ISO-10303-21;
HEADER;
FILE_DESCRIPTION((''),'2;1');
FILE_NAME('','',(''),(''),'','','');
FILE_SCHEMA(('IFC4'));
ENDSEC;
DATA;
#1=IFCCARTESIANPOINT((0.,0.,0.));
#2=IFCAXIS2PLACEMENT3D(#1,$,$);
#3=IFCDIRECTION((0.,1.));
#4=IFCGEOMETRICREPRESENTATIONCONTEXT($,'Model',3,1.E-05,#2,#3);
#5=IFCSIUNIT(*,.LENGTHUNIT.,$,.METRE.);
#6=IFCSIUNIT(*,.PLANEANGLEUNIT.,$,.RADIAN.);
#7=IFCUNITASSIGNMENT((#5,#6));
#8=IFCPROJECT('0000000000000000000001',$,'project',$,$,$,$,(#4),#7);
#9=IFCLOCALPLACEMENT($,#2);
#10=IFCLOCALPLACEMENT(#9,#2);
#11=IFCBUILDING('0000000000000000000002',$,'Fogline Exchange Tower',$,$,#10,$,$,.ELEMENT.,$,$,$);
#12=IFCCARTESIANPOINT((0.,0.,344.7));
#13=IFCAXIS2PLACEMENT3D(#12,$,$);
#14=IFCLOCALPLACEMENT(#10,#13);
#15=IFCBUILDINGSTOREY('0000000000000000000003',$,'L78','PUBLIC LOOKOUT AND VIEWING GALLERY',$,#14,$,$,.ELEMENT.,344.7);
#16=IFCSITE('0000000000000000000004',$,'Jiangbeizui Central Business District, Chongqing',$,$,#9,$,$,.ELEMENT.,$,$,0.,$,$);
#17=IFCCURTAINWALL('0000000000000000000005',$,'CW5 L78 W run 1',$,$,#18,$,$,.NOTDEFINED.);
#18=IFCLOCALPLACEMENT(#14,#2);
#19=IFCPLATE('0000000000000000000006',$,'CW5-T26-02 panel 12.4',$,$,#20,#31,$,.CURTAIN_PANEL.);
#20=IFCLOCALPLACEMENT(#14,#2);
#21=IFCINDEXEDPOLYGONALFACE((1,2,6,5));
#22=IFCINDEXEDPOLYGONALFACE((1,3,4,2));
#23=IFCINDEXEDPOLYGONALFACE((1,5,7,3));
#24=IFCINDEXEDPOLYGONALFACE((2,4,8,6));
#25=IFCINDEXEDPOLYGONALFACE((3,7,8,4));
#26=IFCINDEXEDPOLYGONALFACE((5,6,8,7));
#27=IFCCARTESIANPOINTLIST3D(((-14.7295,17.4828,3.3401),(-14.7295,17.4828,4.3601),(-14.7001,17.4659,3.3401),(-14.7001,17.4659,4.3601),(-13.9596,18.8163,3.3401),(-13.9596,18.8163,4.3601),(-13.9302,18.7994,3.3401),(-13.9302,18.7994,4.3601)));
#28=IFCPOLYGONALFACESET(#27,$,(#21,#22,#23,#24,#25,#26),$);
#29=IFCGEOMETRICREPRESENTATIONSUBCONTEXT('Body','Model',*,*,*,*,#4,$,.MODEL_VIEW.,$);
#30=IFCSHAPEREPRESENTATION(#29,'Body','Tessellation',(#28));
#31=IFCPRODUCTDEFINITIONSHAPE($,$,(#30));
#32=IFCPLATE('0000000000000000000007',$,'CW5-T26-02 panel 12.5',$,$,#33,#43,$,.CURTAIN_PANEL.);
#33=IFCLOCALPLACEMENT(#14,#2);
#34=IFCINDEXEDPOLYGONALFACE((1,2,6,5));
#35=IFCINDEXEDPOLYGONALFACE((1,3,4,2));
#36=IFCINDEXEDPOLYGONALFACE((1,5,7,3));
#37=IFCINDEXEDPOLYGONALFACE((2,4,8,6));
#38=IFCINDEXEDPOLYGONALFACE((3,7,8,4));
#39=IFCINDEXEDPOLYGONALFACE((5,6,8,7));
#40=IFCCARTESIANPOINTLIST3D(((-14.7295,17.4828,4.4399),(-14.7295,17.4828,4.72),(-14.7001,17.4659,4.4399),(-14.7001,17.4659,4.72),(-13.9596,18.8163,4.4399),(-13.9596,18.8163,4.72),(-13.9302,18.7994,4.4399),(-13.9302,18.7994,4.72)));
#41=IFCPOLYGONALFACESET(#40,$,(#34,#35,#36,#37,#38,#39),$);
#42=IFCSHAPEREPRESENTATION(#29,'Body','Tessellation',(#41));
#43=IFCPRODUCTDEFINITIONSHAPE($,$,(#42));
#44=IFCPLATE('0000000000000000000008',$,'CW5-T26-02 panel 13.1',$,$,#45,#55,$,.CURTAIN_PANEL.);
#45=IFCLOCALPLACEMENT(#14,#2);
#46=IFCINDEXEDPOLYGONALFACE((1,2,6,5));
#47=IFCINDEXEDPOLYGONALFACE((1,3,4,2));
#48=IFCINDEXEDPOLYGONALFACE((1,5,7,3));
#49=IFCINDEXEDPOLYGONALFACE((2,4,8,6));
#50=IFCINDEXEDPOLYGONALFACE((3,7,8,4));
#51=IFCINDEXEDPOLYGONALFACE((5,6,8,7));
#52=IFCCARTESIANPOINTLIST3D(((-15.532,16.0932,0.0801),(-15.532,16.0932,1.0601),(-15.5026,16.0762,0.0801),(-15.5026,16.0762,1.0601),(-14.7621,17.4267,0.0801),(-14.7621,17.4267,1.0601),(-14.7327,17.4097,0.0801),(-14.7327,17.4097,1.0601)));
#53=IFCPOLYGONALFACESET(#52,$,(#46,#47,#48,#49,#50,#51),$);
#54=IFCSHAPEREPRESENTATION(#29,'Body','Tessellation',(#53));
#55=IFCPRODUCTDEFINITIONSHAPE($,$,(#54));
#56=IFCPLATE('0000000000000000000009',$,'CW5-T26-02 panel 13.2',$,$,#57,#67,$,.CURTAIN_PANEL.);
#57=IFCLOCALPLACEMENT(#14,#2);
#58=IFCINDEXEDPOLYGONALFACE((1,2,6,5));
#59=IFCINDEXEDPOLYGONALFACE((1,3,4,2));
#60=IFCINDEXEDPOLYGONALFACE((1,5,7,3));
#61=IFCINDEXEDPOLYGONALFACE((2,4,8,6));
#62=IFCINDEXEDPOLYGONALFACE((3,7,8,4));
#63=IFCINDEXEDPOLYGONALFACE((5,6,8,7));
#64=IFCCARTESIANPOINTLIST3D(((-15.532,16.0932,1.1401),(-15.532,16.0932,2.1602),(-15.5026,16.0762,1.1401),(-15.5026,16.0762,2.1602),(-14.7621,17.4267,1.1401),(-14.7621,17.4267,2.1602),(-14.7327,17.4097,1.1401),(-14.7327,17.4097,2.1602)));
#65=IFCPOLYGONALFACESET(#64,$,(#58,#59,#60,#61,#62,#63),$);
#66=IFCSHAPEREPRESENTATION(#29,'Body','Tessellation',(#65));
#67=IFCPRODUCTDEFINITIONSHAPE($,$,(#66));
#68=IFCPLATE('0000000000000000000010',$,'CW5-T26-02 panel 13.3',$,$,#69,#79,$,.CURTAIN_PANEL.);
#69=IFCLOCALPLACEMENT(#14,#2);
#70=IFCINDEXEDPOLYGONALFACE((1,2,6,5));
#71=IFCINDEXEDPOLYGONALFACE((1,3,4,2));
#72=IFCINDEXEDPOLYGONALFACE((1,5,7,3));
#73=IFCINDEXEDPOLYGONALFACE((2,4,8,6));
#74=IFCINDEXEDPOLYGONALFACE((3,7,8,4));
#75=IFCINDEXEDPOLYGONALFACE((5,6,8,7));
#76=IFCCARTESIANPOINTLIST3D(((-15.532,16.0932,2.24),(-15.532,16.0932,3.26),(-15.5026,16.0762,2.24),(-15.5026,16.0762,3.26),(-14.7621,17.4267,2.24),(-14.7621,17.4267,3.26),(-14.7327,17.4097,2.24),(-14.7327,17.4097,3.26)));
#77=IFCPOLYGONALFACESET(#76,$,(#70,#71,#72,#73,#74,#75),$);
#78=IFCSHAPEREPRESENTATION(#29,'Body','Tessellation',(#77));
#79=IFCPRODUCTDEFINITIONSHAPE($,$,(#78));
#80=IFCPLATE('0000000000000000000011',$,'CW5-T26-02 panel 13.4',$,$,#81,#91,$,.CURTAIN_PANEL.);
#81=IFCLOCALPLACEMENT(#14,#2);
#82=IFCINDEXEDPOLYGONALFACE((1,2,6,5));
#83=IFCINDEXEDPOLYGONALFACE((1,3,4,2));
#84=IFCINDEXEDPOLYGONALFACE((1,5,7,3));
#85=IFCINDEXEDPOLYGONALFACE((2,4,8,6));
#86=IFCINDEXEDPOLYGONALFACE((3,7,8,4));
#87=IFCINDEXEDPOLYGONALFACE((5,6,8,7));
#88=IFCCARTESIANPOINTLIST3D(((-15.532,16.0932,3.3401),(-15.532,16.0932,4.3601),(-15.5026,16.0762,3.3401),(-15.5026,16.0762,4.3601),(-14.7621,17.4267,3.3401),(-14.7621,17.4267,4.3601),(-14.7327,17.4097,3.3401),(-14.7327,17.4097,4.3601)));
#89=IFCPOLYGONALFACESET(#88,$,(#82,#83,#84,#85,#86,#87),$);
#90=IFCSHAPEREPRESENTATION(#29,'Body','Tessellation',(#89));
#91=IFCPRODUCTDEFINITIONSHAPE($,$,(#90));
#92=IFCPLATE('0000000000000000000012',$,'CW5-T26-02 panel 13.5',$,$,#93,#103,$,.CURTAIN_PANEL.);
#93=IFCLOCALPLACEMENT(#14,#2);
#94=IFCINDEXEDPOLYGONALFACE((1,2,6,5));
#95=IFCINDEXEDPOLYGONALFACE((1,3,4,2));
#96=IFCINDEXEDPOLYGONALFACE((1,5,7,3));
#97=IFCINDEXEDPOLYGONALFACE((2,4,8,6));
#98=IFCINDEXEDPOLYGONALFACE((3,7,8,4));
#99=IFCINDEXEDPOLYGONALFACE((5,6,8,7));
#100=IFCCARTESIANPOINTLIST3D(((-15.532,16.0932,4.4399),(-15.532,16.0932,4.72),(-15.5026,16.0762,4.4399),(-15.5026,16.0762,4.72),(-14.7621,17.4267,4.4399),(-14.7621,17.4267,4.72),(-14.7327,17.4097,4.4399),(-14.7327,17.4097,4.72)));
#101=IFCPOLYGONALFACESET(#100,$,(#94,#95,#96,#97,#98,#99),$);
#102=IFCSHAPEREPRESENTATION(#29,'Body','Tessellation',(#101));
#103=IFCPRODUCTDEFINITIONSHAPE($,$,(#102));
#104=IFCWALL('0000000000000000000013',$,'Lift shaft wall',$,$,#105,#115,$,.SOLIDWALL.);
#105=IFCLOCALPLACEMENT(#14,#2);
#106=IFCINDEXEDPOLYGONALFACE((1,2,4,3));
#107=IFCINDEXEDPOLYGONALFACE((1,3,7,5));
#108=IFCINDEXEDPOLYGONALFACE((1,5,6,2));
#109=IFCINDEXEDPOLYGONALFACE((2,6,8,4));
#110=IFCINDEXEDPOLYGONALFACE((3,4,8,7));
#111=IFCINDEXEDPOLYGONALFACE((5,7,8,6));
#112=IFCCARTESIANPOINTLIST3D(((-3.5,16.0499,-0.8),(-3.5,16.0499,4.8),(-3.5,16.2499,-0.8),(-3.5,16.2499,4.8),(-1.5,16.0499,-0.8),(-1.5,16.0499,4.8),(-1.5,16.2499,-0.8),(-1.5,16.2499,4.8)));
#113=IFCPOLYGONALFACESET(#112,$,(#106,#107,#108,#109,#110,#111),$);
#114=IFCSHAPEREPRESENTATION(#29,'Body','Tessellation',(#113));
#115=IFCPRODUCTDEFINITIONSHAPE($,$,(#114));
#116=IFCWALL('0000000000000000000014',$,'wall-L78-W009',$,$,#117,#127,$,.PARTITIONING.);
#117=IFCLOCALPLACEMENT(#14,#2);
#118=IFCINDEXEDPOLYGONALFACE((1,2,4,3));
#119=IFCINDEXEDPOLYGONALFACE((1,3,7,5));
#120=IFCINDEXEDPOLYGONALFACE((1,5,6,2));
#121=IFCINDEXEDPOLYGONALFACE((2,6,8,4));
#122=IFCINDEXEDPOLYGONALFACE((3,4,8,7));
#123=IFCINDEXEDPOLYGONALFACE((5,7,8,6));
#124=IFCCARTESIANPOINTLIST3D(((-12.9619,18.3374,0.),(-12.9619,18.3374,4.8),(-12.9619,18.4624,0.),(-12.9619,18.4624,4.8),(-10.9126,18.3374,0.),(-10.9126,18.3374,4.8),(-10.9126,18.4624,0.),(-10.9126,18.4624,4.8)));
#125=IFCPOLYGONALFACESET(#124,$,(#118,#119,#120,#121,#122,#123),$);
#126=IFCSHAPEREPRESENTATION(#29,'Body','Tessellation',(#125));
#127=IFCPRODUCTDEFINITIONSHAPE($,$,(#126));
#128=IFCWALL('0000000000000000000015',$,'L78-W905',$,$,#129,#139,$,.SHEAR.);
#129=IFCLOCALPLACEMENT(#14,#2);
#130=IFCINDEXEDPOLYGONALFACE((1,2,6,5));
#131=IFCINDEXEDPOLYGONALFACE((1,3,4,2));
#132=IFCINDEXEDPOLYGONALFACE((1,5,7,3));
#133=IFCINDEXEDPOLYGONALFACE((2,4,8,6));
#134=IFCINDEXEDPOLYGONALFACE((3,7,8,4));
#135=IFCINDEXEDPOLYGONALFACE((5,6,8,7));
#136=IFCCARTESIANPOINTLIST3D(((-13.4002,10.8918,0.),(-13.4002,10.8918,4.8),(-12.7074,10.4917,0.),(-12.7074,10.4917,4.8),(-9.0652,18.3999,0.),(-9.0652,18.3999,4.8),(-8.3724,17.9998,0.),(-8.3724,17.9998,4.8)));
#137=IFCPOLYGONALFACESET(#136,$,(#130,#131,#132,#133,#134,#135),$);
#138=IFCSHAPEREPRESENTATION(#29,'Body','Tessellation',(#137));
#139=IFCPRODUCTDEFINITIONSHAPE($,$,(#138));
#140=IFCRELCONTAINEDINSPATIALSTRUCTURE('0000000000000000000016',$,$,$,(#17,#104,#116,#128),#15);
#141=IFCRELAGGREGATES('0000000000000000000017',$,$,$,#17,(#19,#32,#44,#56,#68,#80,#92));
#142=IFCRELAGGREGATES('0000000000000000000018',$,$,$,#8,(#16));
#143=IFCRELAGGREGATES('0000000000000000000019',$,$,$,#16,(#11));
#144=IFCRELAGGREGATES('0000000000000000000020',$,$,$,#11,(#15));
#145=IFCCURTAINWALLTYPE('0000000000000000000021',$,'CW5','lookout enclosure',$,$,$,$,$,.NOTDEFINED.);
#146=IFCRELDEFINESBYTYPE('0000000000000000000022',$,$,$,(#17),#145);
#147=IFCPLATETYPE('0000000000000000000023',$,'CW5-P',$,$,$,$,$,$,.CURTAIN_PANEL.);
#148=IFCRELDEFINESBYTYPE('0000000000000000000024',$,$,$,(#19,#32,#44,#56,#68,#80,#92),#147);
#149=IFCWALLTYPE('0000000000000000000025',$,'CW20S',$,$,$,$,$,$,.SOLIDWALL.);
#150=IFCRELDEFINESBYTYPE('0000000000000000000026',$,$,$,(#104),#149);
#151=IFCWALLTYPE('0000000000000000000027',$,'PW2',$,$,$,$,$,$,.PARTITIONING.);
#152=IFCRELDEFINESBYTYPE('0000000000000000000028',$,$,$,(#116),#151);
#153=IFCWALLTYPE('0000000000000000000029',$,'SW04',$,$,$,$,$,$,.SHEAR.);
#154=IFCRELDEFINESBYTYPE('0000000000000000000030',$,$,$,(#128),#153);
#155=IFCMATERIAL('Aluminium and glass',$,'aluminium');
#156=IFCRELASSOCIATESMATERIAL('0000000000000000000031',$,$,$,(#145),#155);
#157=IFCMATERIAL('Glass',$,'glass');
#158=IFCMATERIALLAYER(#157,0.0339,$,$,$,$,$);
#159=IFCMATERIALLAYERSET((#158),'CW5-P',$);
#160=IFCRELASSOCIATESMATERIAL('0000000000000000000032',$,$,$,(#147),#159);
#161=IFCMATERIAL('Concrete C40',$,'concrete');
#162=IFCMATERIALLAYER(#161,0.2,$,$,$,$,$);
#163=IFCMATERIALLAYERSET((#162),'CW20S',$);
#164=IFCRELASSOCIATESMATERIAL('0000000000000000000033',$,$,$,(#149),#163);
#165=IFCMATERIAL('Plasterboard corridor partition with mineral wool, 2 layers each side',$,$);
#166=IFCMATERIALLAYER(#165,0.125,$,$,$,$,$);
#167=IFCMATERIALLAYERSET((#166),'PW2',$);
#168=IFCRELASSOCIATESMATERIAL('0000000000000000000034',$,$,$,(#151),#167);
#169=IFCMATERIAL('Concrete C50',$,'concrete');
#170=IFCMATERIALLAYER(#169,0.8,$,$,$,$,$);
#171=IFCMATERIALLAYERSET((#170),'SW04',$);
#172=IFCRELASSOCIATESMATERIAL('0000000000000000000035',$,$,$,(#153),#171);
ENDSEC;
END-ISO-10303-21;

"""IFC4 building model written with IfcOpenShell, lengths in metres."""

from ifc_helpers import new_model, si_unit, direction, frame, frame_2d, origin, origin_2d, place, context, subcontext, project, spatial, rectangle, extrude, material, layer, layer_set, type_object, element, aggregate, save


model = new_model("IFC4")

# Units and contexts
model_context = context("Model", 3, precision=1e-05, world=origin(), true_north=direction((0.0, 1.0)))
body_context = subcontext(model_context, "Body", "Model", "MODEL_VIEW")
ifc_project = project(units=[si_unit("LENGTHUNIT", "METRE"), si_unit("PLANEANGLEUNIT", "RADIAN")], contexts=[model_context])

# Site, building, storey
site_placement = place(None, origin())
site = spatial("IfcSite", under=ifc_project, at=site_placement, Name="Jiangbeizui Central Business District, Chongqing", CompositionType="ELEMENT", RefElevation=0.0)
building_placement = place(site_placement, origin())
building = spatial("IfcBuilding", under=site, at=building_placement, Name="Fogline Exchange Tower", CompositionType="ELEMENT")
storey_placement = place(building_placement, frame((0.0, 0.0, 344.7)))
storey = spatial("IfcBuildingStorey", under=building, at=storey_placement, Name="L78", Description="PUBLIC LOOKOUT AND VIEWING GALLERY", CompositionType="ELEMENT", Elevation=344.7)

# Shared definitions
ifc_material_1 = material(Name="Concrete C40", Category="concrete")

# Curtain wall, plates
ifc_material_2 = material(Name="Aluminium and glass", Category="aluminium")
curtain_wall_type = type_object("IfcCurtainWallType", Name="CW5", Description="lookout enclosure", PredefinedType="NOTDEFINED", material=ifc_material_2)
curtain_wall_placement = place(storey_placement, origin())
curtain_wall = element("IfcCurtainWall", 1, at=curtain_wall_placement, inside=storey, type_object=curtain_wall_type, Name="CW5 L78 W run 1", PredefinedType="NOTDEFINED")
ifc_material_3 = material(Name="Glass", Category="glass")
ifc_layer_1 = layer(ifc_material_3, 0.0339)
ifc_layer_set_1 = layer_set([ifc_layer_1], Name="CW5-P")
plate_type = type_object("IfcPlateType", Name="CW5-P", PredefinedType="CURTAIN_PANEL", material=ifc_layer_set_1)
plate_1_placement = place(storey_placement, frame((-14.3298, 18.1411, 3.3401), z_axis=(0.0, 0.0, 1.0), x_axis=(-0.5, -0.866025, 0.0)))
plate_1 = element("IfcPlate", 2, at=plate_1_placement, type_object=plate_type, Name="CW5-T26-02 panel 12.4", PredefinedType="CURTAIN_PANEL", context=body_context, shape_type="SweptSolid", body=[
    extrude(rectangle(XDim=1.5398, YDim=0.0339, at=origin_2d()), origin(), (0.0, 0.0, 1.0), 1.02),
])
plate_2_placement = place(storey_placement, frame((-14.3298, 18.1411, 4.4399), z_axis=(0.0, 0.0, 1.0), x_axis=(-0.5, -0.866025, 0.0)))
plate_2 = element("IfcPlate", 3, at=plate_2_placement, type_object=plate_type, Name="CW5-T26-02 panel 12.5", PredefinedType="CURTAIN_PANEL", context=body_context, shape_type="SweptSolid", body=[
    extrude(rectangle(XDim=1.5398, YDim=0.0339, at=origin_2d()), origin(), (0.0, 0.0, 1.0), 0.28),
])
plate_3_placement = place(storey_placement, frame((-15.1323, 16.7515, 0.0801), z_axis=(0.0, 0.0, 1.0), x_axis=(-0.5, -0.866025, 0.0)))
plate_3 = element("IfcPlate", 4, at=plate_3_placement, type_object=plate_type, Name="CW5-T26-02 panel 13.1", PredefinedType="CURTAIN_PANEL", context=body_context, shape_type="SweptSolid", body=[
    extrude(rectangle(XDim=1.5398, YDim=0.0339, at=origin_2d()), origin(), (0.0, 0.0, 1.0), 0.98),
])
plate_4_placement = place(storey_placement, frame((-15.1323, 16.7515, 1.1401), z_axis=(0.0, 0.0, 1.0), x_axis=(-0.5, -0.866025, 0.0)))
plate_4 = element("IfcPlate", 5, at=plate_4_placement, type_object=plate_type, Name="CW5-T26-02 panel 13.2", PredefinedType="CURTAIN_PANEL", context=body_context, shape_type="SweptSolid", body=[
    extrude(rectangle(XDim=1.5398, YDim=0.0339, at=origin_2d()), origin(), (0.0, 0.0, 1.0), 1.02),
])
plate_5_placement = place(storey_placement, frame((-15.1323, 16.7515, 2.24), z_axis=(0.0, 0.0, 1.0), x_axis=(-0.5, -0.866025, 0.0)))
plate_5 = element("IfcPlate", 6, at=plate_5_placement, type_object=plate_type, Name="CW5-T26-02 panel 13.3", PredefinedType="CURTAIN_PANEL", context=body_context, shape_type="SweptSolid", body=[
    extrude(rectangle(XDim=1.5398, YDim=0.0339, at=origin_2d()), origin(), (0.0, 0.0, 1.0), 1.02),
])
plate_6_placement = place(storey_placement, frame((-15.1323, 16.7515, 3.3401), z_axis=(0.0, 0.0, 1.0), x_axis=(-0.5, -0.866025, 0.0)))
plate_6 = element("IfcPlate", 7, at=plate_6_placement, type_object=plate_type, Name="CW5-T26-02 panel 13.4", PredefinedType="CURTAIN_PANEL", context=body_context, shape_type="SweptSolid", body=[
    extrude(rectangle(XDim=1.5398, YDim=0.0339, at=origin_2d()), origin(), (0.0, 0.0, 1.0), 1.02),
])
plate_7_placement = place(storey_placement, frame((-15.1323, 16.7515, 4.4399), z_axis=(0.0, 0.0, 1.0), x_axis=(-0.5, -0.866025, 0.0)))
plate_7 = element("IfcPlate", 8, at=plate_7_placement, type_object=plate_type, Name="CW5-T26-02 panel 13.5", PredefinedType="CURTAIN_PANEL", context=body_context, shape_type="SweptSolid", body=[
    extrude(rectangle(XDim=1.5398, YDim=0.0339, at=origin_2d()), origin(), (0.0, 0.0, 1.0), 0.28),
])
aggregate(curtain_wall, [plate_1, plate_2, plate_3, plate_4, plate_5, plate_6, plate_7])

# Walls
ifc_layer_2 = layer(ifc_material_1, 0.2)
ifc_layer_set_2 = layer_set([ifc_layer_2], Name="CW20S")
wall_type_1 = type_object("IfcWallType", Name="CW20S", PredefinedType="SOLIDWALL", material=ifc_layer_set_2)
wall_1_placement = place(storey_placement, frame((-3.5, 16.1499, -0.8), z_axis=(0.0, 0.0, 1.0), x_axis=(1.0, 0.0, 0.0)))
element("IfcWall", 9, at=wall_1_placement, inside=storey, type_object=wall_type_1, Name="Lift shaft wall", PredefinedType="SOLIDWALL", context=body_context, shape_type="SweptSolid", body=[
    extrude(rectangle(XDim=2.0, YDim=0.2, at=frame_2d((1.0, 0.0))), origin(), (0.0, 0.0, 1.0), 5.6001),
])
ifc_material_4 = material(Name="Plasterboard corridor partition with mineral wool, 2 layers each side")
ifc_layer_3 = layer(ifc_material_4, 0.125)
ifc_layer_set_3 = layer_set([ifc_layer_3], Name="PW2")
wall_type_2 = type_object("IfcWallType", Name="PW2", PredefinedType="PARTITIONING", material=ifc_layer_set_3)
wall_2_placement = place(storey_placement, frame((-10.9126, 18.3999, 0.0), z_axis=(0.0, 0.0, 1.0), x_axis=(-1.0, 0.0, 0.0)))
element("IfcWall", 10, at=wall_2_placement, inside=storey, type_object=wall_type_2, Name="wall-L78-W009", PredefinedType="PARTITIONING", context=body_context, shape_type="SweptSolid", body=[
    extrude(rectangle(XDim=2.0493, YDim=0.125, at=frame_2d((1.0247, 0.0))), origin(), (0.0, 0.0, 1.0), 4.8),
])
ifc_material_5 = material(Name="Concrete C50", Category="concrete")
ifc_layer_4 = layer(ifc_material_5, 0.8)
ifc_layer_set_4 = layer_set([ifc_layer_4], Name="SW04")
wall_type_3 = type_object("IfcWallType", Name="SW04", PredefinedType="SHEAR", material=ifc_layer_set_4)
wall_3_placement = place(storey_placement, frame((-8.7188, 18.2, 0.0), z_axis=(0.0, 0.0, 1.0), x_axis=(-0.500016, -0.866016, 0.0)))
element("IfcWall", 11, at=wall_3_placement, inside=storey, type_object=wall_type_3, Name="L78-W905", PredefinedType="SHEAR", context=body_context, shape_type="SweptSolid", body=[
    extrude(rectangle(XDim=8.6697, YDim=0.8, at=frame_2d((4.335, 0.0))), origin(), (0.0, 0.0, 1.0), 4.8),
])

save(model, "model.ifc")
